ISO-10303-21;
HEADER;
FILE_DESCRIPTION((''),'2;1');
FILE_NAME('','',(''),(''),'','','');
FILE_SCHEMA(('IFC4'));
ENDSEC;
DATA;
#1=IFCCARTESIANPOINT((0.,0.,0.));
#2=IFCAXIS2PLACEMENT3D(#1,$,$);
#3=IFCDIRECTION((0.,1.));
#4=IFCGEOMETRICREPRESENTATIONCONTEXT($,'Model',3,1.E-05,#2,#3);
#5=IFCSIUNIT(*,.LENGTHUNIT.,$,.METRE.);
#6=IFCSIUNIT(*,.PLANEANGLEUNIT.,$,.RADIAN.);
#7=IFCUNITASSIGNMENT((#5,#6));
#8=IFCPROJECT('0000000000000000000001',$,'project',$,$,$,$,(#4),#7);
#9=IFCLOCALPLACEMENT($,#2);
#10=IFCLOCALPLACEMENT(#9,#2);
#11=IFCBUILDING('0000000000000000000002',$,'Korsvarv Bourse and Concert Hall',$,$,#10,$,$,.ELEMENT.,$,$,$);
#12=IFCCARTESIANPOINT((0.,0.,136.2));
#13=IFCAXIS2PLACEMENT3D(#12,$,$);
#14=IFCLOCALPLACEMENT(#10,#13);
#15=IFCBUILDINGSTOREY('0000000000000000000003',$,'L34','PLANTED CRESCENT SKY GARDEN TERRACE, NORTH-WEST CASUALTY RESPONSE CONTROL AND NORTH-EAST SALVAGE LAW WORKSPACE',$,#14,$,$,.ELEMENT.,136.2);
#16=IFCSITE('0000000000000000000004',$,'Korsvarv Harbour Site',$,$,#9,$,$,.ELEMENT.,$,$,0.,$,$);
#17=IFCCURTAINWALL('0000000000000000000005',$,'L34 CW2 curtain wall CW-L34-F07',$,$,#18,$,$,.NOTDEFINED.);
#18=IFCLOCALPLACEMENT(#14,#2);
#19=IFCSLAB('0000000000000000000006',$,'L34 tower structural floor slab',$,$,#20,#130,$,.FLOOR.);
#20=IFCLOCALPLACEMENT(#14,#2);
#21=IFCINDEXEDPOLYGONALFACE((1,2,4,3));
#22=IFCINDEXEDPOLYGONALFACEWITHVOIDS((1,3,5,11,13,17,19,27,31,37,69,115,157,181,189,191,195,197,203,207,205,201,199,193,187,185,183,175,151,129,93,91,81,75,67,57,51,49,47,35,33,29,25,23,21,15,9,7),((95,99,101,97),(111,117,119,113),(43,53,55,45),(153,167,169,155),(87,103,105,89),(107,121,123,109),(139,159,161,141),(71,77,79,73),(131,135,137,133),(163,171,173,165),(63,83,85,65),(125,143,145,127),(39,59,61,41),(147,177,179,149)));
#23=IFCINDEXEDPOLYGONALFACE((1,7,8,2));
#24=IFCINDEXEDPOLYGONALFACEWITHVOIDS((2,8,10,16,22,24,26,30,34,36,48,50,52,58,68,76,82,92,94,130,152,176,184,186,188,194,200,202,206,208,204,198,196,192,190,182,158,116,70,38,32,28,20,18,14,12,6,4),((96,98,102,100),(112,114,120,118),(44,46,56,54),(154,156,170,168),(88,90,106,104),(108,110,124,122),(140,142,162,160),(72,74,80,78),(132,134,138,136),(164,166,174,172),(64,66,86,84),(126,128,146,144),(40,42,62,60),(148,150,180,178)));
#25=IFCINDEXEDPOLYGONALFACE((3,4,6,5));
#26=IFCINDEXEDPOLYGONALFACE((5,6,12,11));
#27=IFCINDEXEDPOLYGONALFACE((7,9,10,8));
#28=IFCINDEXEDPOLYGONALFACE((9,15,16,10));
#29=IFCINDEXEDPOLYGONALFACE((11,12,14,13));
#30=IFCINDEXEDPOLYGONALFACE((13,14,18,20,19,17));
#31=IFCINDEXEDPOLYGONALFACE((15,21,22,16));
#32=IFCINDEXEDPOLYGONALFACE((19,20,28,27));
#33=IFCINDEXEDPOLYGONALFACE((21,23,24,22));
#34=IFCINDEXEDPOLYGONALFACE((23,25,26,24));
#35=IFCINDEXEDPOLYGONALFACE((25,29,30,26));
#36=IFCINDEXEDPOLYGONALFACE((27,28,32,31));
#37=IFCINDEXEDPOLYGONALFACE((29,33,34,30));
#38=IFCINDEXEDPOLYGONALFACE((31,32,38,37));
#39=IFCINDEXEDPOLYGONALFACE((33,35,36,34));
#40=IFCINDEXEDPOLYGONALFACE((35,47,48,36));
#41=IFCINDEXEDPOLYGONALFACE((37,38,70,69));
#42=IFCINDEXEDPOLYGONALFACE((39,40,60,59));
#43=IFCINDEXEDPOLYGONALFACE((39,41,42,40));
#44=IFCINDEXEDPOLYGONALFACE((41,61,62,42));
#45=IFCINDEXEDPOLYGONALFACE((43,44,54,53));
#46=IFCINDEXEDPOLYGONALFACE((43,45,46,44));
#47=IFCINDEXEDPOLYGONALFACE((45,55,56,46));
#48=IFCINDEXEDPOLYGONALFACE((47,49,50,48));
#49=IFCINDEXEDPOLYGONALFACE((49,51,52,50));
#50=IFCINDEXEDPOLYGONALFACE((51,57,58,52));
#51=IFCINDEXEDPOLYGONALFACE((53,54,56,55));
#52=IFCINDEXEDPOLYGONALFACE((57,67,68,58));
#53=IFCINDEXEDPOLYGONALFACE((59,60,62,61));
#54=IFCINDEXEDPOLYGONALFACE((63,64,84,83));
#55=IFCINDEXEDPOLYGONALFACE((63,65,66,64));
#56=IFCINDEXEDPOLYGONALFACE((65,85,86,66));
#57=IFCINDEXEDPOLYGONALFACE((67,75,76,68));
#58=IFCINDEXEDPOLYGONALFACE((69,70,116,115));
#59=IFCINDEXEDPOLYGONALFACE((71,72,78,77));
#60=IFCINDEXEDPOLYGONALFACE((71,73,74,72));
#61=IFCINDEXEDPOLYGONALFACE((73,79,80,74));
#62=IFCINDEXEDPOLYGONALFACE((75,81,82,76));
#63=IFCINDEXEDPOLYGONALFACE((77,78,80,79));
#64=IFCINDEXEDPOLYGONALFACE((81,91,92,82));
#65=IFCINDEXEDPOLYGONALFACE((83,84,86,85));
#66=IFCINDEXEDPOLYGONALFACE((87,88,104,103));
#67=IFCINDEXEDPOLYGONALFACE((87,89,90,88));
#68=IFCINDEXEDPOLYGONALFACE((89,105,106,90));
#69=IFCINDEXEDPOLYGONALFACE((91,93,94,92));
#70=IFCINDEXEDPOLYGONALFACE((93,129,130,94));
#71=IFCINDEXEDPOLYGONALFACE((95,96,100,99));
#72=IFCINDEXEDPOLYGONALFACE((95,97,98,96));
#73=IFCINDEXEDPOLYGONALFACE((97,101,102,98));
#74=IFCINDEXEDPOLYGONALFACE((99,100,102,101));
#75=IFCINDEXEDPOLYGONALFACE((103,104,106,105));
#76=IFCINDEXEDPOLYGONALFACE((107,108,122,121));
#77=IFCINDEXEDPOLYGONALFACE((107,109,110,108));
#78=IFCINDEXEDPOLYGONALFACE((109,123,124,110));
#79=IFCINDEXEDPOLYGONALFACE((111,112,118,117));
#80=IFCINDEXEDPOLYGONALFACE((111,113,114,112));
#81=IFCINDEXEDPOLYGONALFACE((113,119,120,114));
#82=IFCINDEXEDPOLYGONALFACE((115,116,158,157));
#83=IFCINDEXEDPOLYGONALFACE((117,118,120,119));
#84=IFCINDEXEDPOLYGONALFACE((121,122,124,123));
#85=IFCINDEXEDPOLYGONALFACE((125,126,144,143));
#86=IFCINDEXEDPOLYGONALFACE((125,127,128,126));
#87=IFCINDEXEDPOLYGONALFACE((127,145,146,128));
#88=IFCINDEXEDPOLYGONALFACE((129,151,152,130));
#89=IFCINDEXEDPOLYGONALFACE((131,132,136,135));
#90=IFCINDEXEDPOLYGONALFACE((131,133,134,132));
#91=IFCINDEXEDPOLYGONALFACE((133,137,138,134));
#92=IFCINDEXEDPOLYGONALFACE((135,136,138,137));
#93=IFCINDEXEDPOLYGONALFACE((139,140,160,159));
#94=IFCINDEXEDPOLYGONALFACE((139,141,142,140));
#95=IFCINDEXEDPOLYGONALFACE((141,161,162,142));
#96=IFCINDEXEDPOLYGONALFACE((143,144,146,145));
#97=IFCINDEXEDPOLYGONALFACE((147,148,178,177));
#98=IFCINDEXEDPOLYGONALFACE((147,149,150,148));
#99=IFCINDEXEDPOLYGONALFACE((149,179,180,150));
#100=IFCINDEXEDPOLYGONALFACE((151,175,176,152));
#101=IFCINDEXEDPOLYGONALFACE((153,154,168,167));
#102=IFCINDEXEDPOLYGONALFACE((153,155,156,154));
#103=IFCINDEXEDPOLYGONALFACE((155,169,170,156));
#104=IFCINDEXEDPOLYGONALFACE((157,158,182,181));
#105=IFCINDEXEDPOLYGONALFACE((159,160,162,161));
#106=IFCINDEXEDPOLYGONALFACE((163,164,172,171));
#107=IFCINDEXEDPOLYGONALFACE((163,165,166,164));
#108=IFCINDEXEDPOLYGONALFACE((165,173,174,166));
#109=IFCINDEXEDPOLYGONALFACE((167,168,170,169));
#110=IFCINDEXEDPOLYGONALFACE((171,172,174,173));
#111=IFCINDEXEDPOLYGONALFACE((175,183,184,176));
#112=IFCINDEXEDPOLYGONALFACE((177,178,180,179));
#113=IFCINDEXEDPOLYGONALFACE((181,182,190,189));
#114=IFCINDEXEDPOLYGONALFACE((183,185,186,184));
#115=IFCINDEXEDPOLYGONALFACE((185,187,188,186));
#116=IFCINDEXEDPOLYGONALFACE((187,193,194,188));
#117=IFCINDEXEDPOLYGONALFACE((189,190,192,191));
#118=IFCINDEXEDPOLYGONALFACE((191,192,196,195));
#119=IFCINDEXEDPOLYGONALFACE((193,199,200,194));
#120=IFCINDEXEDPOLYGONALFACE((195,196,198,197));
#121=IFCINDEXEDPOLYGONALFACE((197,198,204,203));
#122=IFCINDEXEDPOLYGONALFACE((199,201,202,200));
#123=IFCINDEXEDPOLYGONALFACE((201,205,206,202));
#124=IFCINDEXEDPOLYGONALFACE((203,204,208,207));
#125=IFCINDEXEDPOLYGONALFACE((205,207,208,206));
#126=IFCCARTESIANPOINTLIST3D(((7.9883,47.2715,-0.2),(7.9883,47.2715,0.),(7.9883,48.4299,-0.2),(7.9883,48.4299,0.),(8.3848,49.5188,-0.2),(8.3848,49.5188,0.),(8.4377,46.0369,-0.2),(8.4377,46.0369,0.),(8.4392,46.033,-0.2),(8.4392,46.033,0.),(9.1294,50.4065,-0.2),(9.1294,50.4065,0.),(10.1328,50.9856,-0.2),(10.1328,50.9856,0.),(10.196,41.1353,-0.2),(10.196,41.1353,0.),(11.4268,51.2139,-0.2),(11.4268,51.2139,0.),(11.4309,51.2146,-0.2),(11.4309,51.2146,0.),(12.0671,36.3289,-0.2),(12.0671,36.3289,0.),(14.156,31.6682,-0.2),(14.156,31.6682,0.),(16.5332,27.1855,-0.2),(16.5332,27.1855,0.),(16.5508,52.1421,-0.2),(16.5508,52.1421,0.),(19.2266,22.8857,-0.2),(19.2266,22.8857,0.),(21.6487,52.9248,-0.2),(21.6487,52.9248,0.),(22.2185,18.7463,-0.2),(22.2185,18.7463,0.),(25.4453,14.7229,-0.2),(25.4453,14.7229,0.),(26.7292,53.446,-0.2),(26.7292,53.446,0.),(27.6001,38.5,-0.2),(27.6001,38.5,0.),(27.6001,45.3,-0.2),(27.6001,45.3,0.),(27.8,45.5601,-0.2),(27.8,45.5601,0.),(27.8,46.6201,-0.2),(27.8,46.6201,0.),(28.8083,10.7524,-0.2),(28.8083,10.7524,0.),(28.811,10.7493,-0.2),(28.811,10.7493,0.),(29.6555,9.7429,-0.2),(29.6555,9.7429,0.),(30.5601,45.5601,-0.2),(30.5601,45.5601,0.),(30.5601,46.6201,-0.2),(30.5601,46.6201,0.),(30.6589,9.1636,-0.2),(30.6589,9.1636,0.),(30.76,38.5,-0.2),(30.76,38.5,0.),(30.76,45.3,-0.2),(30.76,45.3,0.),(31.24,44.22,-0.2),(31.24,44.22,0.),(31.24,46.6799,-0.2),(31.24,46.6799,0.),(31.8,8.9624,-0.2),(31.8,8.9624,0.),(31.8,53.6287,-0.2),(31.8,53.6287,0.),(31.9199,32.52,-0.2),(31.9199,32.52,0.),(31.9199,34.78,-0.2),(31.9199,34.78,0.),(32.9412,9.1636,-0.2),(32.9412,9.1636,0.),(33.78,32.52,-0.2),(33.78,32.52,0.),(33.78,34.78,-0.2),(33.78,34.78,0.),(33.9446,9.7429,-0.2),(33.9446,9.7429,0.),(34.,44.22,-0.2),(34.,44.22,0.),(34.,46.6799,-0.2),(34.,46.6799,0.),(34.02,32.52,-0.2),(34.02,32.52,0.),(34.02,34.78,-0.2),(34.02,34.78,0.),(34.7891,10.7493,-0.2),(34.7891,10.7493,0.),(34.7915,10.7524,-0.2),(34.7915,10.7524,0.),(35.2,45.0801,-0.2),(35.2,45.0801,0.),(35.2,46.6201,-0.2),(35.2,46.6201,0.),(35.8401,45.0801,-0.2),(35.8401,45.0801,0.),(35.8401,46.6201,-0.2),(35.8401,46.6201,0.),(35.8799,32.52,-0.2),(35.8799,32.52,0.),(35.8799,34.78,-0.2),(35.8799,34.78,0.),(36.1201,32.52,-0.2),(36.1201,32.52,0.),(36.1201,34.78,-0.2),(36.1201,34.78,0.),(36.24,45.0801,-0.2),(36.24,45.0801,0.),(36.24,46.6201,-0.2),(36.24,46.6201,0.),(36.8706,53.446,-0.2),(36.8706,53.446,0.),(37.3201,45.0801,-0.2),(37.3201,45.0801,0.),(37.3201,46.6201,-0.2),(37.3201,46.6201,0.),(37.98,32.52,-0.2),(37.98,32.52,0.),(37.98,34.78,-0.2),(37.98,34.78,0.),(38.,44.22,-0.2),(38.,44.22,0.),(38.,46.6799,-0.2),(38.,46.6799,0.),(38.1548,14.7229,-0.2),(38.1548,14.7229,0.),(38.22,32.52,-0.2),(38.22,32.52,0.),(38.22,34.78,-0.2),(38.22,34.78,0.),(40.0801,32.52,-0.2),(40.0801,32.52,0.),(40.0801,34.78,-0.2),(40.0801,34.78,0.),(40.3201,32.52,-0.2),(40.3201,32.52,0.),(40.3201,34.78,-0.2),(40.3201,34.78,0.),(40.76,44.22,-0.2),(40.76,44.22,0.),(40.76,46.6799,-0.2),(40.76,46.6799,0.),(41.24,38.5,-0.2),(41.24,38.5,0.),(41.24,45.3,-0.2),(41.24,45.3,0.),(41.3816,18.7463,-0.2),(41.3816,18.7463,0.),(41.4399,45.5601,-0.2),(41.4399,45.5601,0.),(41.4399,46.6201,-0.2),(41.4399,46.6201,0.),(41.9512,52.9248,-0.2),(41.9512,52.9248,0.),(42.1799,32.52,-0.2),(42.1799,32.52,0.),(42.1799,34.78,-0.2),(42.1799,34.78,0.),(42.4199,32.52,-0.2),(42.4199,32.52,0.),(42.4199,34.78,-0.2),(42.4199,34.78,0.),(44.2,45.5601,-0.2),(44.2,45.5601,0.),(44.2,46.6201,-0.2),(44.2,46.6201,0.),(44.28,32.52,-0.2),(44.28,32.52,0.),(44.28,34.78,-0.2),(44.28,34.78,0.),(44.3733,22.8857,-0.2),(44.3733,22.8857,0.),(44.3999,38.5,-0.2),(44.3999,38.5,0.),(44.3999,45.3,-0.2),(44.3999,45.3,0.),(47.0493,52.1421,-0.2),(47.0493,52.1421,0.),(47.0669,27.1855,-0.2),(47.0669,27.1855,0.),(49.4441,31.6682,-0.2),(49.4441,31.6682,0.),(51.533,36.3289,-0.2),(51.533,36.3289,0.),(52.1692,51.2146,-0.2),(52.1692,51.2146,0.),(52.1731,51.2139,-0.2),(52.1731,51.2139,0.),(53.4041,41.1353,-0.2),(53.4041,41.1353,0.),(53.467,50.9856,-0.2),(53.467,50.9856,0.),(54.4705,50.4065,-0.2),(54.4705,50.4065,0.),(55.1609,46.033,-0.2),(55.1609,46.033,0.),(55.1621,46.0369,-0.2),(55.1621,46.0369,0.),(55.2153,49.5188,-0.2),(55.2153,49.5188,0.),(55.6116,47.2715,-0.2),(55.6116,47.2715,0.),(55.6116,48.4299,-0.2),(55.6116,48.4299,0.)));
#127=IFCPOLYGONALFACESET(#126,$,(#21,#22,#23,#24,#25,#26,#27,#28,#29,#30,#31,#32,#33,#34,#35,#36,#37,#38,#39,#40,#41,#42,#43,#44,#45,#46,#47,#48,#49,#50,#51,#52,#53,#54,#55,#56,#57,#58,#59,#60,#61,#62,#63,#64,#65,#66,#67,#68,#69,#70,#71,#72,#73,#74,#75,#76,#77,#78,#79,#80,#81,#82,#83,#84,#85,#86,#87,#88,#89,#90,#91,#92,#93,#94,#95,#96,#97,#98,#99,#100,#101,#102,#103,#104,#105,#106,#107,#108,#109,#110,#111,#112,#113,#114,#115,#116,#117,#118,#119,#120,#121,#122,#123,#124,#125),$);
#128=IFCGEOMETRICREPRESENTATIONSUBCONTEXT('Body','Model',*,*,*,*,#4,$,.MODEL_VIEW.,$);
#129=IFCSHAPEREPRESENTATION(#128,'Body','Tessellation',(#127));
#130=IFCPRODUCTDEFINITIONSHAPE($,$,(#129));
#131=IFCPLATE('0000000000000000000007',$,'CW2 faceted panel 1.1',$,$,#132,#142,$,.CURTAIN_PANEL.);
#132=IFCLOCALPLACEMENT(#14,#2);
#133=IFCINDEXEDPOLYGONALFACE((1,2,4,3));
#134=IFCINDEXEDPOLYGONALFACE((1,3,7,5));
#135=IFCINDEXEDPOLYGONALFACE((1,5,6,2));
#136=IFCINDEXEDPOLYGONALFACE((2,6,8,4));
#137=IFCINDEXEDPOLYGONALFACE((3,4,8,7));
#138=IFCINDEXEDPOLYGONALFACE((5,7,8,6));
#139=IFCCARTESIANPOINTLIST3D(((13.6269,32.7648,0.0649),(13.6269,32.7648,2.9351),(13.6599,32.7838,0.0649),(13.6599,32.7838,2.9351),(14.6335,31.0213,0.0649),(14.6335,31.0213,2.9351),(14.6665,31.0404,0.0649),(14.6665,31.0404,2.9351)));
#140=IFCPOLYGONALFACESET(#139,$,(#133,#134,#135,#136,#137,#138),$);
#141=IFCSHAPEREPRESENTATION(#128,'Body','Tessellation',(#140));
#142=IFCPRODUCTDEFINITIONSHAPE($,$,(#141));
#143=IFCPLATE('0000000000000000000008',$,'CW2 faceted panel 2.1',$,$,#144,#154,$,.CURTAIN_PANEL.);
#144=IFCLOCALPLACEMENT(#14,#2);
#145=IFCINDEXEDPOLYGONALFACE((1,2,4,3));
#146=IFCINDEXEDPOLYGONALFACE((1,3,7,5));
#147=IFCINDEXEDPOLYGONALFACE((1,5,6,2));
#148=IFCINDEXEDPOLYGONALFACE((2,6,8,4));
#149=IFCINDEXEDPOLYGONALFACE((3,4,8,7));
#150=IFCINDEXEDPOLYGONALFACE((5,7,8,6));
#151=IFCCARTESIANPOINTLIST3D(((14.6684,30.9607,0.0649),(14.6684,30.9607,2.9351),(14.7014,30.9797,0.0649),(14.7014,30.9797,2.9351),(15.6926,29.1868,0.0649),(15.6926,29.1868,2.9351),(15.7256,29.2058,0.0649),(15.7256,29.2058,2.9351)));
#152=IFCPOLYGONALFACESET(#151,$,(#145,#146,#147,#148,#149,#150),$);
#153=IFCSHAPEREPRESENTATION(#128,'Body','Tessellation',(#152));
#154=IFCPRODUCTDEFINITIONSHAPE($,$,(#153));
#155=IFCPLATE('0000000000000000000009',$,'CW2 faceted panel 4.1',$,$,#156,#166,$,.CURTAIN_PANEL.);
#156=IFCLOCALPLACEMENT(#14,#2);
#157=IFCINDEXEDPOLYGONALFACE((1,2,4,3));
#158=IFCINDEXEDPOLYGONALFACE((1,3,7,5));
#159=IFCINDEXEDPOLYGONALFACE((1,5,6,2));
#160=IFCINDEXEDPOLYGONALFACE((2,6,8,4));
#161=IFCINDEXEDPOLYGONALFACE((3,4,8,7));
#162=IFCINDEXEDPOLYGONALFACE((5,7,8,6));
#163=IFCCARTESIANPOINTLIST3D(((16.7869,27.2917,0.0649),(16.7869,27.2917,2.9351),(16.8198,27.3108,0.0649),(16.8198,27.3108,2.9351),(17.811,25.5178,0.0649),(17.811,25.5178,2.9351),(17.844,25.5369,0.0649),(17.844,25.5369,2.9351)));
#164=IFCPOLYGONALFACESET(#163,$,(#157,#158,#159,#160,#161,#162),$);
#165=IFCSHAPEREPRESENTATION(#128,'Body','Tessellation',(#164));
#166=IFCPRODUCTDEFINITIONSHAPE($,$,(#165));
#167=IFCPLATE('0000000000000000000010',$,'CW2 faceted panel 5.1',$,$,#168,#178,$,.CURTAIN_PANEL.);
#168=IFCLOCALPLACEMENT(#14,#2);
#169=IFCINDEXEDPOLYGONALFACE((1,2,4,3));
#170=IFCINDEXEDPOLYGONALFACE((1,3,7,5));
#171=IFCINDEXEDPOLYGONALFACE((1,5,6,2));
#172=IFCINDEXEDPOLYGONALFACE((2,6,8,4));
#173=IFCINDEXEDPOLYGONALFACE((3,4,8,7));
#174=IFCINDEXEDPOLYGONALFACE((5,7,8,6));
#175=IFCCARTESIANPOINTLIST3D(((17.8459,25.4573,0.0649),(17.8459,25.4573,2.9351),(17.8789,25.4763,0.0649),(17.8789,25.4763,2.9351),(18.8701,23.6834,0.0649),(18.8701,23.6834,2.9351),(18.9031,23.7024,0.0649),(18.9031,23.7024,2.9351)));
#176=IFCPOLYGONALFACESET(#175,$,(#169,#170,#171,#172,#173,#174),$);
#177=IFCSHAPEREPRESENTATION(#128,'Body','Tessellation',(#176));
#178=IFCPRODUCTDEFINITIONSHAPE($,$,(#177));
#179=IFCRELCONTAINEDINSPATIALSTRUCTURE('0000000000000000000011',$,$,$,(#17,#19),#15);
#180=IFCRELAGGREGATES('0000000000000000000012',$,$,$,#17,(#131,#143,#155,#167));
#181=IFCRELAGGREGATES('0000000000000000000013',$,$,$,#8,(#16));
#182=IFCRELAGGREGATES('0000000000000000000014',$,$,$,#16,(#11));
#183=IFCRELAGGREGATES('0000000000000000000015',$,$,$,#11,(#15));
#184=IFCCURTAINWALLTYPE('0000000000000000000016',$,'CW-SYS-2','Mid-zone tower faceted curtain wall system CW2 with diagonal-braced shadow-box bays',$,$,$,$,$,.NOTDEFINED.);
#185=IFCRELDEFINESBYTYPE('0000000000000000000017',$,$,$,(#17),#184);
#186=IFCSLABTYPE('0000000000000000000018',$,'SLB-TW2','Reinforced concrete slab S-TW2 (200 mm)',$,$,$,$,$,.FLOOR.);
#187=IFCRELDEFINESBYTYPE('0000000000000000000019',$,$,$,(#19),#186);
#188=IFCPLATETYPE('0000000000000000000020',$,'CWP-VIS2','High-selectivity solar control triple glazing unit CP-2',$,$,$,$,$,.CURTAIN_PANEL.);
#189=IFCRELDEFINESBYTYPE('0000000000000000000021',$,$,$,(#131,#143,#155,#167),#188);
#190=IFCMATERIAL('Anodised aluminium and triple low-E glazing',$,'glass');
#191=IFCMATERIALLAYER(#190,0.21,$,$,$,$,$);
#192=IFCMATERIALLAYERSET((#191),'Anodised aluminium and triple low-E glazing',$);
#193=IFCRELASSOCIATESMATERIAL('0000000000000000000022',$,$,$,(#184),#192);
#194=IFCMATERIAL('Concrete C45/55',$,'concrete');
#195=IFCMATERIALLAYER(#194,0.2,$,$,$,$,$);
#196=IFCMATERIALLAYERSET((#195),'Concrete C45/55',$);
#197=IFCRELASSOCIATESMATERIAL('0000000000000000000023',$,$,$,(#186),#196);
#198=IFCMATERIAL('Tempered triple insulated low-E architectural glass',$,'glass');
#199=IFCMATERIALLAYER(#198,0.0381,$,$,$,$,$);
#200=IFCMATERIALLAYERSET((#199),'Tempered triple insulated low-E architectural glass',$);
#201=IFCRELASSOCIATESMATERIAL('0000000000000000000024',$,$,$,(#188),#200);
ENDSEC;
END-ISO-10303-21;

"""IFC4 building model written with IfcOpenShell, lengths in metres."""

from ifc_helpers import new_model, si_unit, direction, frame, origin, origin_2d, place, context, subcontext, project, spatial, polyline, rectangle, outline, extrude, source, transform, mapped, material, layer, layer_set, type_object, element, aggregate, save


model = new_model("IFC4")

# Units and contexts
model_context = context("Model", 3, precision=1e-05, world=origin(), true_north=direction((0.0, 1.0)))
body_context = subcontext(model_context, "Body", "Model", "MODEL_VIEW")
ifc_project = project(units=[si_unit("LENGTHUNIT", "METRE"), si_unit("PLANEANGLEUNIT", "RADIAN")], contexts=[model_context])

# Site, building, storey
site_placement = place(None, origin())
site = spatial("IfcSite", under=ifc_project, at=site_placement, Name="Korsvarv Harbour Site", CompositionType="ELEMENT", RefElevation=0.0)
building_placement = place(site_placement, origin())
building = spatial("IfcBuilding", under=site, at=building_placement, Name="Korsvarv Bourse and Concert Hall", CompositionType="ELEMENT")
storey_placement = place(building_placement, frame((0.0, 0.0, 136.2)))
storey = spatial("IfcBuildingStorey", under=building, at=storey_placement, Name="L34", Description="PLANTED CRESCENT SKY GARDEN TERRACE, NORTH-WEST CASUALTY RESPONSE CONTROL AND NORTH-EAST SALVAGE LAW WORKSPACE", CompositionType="ELEMENT", Elevation=136.2)

# Curtain wall
ifc_material_1 = material(Name="Anodised aluminium and triple low-E glazing", Category="glass")
ifc_layer_1 = layer(ifc_material_1, 0.21)
ifc_layer_set_1 = layer_set([ifc_layer_1], Name="Anodised aluminium and triple low-E glazing")
curtain_wall_type = type_object("IfcCurtainWallType", Name="CW-SYS-2", Description="Mid-zone tower faceted curtain wall system CW2 with diagonal-braced shadow-box bays", PredefinedType="NOTDEFINED", material=ifc_layer_set_1)
curtain_wall_placement = place(storey_placement, origin())
curtain_wall = element("IfcCurtainWall", 1, at=curtain_wall_placement, inside=storey, type_object=curtain_wall_type, Name="L34 CW2 curtain wall CW-L34-F07", PredefinedType="NOTDEFINED")

# Shared definitions
ifc_material_2 = material(Name="Concrete C45/55", Category="concrete")

# Slab
ifc_layer_2 = layer(ifc_material_2, 0.2)
ifc_layer_set_2 = layer_set([ifc_layer_2], Name="Concrete C45/55")
slab_type_1 = type_object("IfcSlabType", Name="SLB-TW2", Description="Reinforced concrete slab S-TW2 (200 mm)", PredefinedType="FLOOR", material=ifc_layer_set_2)
slab_1_placement = place(storey_placement, frame((0.0, 0.0, -0.2)))
element("IfcSlab", 2, at=slab_1_placement, inside=storey, type_object=slab_type_1, Name="L34 tower structural floor slab", PredefinedType="FLOOR", context=body_context, shape_type="SweptSolid", body=[
    extrude(outline(polyline([(55.1609, 46.033), (53.4041, 41.1353), (51.533, 36.3289), (49.4441, 31.6682), (47.0669, 27.1855), (44.3733, 22.8857), (41.3816, 18.7463), (38.1548, 14.7229), (34.7915, 10.7524), (34.7891, 10.7493), (33.9446, 9.7429), (32.9412, 9.1636), (31.8, 8.9624), (30.6589, 9.1636), (29.6555, 9.7429), (28.811, 10.7493), (28.8083, 10.7524), (25.4453, 14.7229), (22.2185, 18.7463), (19.2266, 22.8857), (16.5332, 27.1855), (14.156, 31.6682), (12.0671, 36.3289), (10.196, 41.1353), (8.4392, 46.033), (8.4377, 46.0369), (7.9883, 47.2715), (7.9883, 48.4299), (8.3848, 49.5188), (9.1294, 50.4065), (10.1328, 50.9856), (11.4268, 51.2139), (11.4309, 51.2146), (16.5508, 52.1421), (21.6487, 52.9248), (26.7292, 53.446), (31.8, 53.6287), (36.8706, 53.446), (41.9512, 52.9248), (47.0493, 52.1421), (52.1692, 51.2146), (52.1731, 51.2139), (53.467, 50.9856), (54.4705, 50.4065), (55.2153, 49.5188), (55.6116, 48.4299), (55.6116, 47.2715), (55.1621, 46.0369), (55.1609, 46.033)]), holes=[polyline([(30.76, 38.5), (30.76, 45.3), (27.6001, 45.3), (27.6001, 38.5), (30.76, 38.5)]), polyline([(44.3999, 38.5), (44.3999, 45.3), (41.24, 45.3), (41.24, 38.5), (44.3999, 38.5)]), polyline([(31.24, 44.22), (34.0, 44.22), (34.0, 46.6799), (31.24, 46.6799), (31.24, 44.22)]), polyline([(38.0, 44.22), (40.76, 44.22), (40.76, 46.6799), (38.0, 46.6799), (38.0, 44.22)]), polyline([(31.9199, 32.52), (33.78, 32.52), (33.78, 34.78), (31.9199, 34.78), (31.9199, 32.52)]), polyline([(34.02, 32.52), (35.8799, 32.52), (35.8799, 34.78), (34.02, 34.78), (34.02, 32.52)]), polyline([(36.1201, 32.52), (37.98, 32.52), (37.98, 34.78), (36.1201, 34.78), (36.1201, 32.52)]), polyline([(38.22, 32.52), (40.0801, 32.52), (40.0801, 34.78), (38.22, 34.78), (38.22, 32.52)]), polyline([(40.3201, 32.52), (42.1799, 32.52), (42.1799, 34.78), (40.3201, 34.78), (40.3201, 32.52)]), polyline([(42.4199, 32.52), (44.28, 32.52), (44.28, 34.78), (42.4199, 34.78), (42.4199, 32.52)]), polyline([(27.8, 45.5601), (30.5601, 45.5601), (30.5601, 46.6201), (27.8, 46.6201), (27.8, 45.5601)]), polyline([(41.4399, 45.5601), (44.2, 45.5601), (44.2, 46.6201), (41.4399, 46.6201), (41.4399, 45.5601)]), polyline([(35.2, 45.0801), (35.8401, 45.0801), (35.8401, 46.6201), (35.2, 46.6201), (35.2, 45.0801)]), polyline([(36.24, 45.0801), (37.3201, 45.0801), (37.3201, 46.6201), (36.24, 46.6201), (36.24, 45.0801)])]), origin(), (0.0, 0.0, 1.0), 0.2),
])

# Plates
ifc_material_3 = material(Name="Tempered triple insulated low-E architectural glass", Category="glass")
ifc_layer_3 = layer(ifc_material_3, 0.0381)
ifc_layer_set_3 = layer_set([ifc_layer_3], Name="Tempered triple insulated low-E architectural glass")
plate_type_1 = type_object("IfcPlateType", Name="CWP-VIS2", Description="High-selectivity solar control triple glazing unit CP-2", PredefinedType="CURTAIN_PANEL", material=ifc_layer_set_3)
shared_shape_1 = source(origin(), body_context, "Body", "SweptSolid", [
    extrude(rectangle(XDim=2.0132, YDim=0.0381, at=origin_2d()), origin(), (0.0, 0.0, 1.0), 2.8701),
])
plate_1_placement = place(storey_placement, frame((14.1467, 31.9026, 0.0649), z_axis=(0.0, 0.0, 1.0), x_axis=(0.5, -0.866025, 0.0)))
plate_1 = element("IfcPlate", 3, at=plate_1_placement, type_object=plate_type_1, Name="CW2 faceted panel 1.1", PredefinedType="CURTAIN_PANEL", context=body_context, shape_type="MappedRepresentation", body=[
    mapped(shared_shape_1, transform((0.0, 0.0, 0.0), scale=1.0)),
])
shared_shape_2 = source(origin(), body_context, "Body", "SweptSolid", [
    extrude(rectangle(XDim=2.0483, YDim=0.0381, at=origin_2d()), origin(), (0.0, 0.0, 1.0), 2.8701),
])
plate_2_placement = place(storey_placement, frame((15.197, 30.0833, 0.0649), z_axis=(0.0, 0.0, 1.0), x_axis=(0.5, -0.866025, 0.0)))
plate_2 = element("IfcPlate", 4, at=plate_2_placement, type_object=plate_type_1, Name="CW2 faceted panel 2.1", PredefinedType="CURTAIN_PANEL", context=body_context, shape_type="MappedRepresentation", body=[
    mapped(shared_shape_2, transform((0.0, 0.0, 0.0), scale=1.0)),
])
plate_3_placement = place(storey_placement, frame((17.3154, 26.4143, 0.0649), z_axis=(0.0, 0.0, 1.0), x_axis=(0.5, -0.866025, 0.0)))
plate_3 = element("IfcPlate", 5, at=plate_3_placement, type_object=plate_type_1, Name="CW2 faceted panel 4.1", PredefinedType="CURTAIN_PANEL", context=body_context, shape_type="MappedRepresentation", body=[
    mapped(shared_shape_2, transform((0.0, 0.0, 0.0), scale=1.0)),
])
plate_4_placement = place(storey_placement, frame((18.3745, 24.5798, 0.0649), z_axis=(0.0, 0.0, 1.0), x_axis=(0.5, -0.866025, 0.0)))
plate_4 = element("IfcPlate", 6, at=plate_4_placement, type_object=plate_type_1, Name="CW2 faceted panel 5.1", PredefinedType="CURTAIN_PANEL", context=body_context, shape_type="MappedRepresentation", body=[
    mapped(shared_shape_2, transform((0.0, 0.0, 0.0), scale=1.0)),
])
aggregate(curtain_wall, [plate_1, plate_2, plate_3, plate_4])

save(model, "model.ifc")
